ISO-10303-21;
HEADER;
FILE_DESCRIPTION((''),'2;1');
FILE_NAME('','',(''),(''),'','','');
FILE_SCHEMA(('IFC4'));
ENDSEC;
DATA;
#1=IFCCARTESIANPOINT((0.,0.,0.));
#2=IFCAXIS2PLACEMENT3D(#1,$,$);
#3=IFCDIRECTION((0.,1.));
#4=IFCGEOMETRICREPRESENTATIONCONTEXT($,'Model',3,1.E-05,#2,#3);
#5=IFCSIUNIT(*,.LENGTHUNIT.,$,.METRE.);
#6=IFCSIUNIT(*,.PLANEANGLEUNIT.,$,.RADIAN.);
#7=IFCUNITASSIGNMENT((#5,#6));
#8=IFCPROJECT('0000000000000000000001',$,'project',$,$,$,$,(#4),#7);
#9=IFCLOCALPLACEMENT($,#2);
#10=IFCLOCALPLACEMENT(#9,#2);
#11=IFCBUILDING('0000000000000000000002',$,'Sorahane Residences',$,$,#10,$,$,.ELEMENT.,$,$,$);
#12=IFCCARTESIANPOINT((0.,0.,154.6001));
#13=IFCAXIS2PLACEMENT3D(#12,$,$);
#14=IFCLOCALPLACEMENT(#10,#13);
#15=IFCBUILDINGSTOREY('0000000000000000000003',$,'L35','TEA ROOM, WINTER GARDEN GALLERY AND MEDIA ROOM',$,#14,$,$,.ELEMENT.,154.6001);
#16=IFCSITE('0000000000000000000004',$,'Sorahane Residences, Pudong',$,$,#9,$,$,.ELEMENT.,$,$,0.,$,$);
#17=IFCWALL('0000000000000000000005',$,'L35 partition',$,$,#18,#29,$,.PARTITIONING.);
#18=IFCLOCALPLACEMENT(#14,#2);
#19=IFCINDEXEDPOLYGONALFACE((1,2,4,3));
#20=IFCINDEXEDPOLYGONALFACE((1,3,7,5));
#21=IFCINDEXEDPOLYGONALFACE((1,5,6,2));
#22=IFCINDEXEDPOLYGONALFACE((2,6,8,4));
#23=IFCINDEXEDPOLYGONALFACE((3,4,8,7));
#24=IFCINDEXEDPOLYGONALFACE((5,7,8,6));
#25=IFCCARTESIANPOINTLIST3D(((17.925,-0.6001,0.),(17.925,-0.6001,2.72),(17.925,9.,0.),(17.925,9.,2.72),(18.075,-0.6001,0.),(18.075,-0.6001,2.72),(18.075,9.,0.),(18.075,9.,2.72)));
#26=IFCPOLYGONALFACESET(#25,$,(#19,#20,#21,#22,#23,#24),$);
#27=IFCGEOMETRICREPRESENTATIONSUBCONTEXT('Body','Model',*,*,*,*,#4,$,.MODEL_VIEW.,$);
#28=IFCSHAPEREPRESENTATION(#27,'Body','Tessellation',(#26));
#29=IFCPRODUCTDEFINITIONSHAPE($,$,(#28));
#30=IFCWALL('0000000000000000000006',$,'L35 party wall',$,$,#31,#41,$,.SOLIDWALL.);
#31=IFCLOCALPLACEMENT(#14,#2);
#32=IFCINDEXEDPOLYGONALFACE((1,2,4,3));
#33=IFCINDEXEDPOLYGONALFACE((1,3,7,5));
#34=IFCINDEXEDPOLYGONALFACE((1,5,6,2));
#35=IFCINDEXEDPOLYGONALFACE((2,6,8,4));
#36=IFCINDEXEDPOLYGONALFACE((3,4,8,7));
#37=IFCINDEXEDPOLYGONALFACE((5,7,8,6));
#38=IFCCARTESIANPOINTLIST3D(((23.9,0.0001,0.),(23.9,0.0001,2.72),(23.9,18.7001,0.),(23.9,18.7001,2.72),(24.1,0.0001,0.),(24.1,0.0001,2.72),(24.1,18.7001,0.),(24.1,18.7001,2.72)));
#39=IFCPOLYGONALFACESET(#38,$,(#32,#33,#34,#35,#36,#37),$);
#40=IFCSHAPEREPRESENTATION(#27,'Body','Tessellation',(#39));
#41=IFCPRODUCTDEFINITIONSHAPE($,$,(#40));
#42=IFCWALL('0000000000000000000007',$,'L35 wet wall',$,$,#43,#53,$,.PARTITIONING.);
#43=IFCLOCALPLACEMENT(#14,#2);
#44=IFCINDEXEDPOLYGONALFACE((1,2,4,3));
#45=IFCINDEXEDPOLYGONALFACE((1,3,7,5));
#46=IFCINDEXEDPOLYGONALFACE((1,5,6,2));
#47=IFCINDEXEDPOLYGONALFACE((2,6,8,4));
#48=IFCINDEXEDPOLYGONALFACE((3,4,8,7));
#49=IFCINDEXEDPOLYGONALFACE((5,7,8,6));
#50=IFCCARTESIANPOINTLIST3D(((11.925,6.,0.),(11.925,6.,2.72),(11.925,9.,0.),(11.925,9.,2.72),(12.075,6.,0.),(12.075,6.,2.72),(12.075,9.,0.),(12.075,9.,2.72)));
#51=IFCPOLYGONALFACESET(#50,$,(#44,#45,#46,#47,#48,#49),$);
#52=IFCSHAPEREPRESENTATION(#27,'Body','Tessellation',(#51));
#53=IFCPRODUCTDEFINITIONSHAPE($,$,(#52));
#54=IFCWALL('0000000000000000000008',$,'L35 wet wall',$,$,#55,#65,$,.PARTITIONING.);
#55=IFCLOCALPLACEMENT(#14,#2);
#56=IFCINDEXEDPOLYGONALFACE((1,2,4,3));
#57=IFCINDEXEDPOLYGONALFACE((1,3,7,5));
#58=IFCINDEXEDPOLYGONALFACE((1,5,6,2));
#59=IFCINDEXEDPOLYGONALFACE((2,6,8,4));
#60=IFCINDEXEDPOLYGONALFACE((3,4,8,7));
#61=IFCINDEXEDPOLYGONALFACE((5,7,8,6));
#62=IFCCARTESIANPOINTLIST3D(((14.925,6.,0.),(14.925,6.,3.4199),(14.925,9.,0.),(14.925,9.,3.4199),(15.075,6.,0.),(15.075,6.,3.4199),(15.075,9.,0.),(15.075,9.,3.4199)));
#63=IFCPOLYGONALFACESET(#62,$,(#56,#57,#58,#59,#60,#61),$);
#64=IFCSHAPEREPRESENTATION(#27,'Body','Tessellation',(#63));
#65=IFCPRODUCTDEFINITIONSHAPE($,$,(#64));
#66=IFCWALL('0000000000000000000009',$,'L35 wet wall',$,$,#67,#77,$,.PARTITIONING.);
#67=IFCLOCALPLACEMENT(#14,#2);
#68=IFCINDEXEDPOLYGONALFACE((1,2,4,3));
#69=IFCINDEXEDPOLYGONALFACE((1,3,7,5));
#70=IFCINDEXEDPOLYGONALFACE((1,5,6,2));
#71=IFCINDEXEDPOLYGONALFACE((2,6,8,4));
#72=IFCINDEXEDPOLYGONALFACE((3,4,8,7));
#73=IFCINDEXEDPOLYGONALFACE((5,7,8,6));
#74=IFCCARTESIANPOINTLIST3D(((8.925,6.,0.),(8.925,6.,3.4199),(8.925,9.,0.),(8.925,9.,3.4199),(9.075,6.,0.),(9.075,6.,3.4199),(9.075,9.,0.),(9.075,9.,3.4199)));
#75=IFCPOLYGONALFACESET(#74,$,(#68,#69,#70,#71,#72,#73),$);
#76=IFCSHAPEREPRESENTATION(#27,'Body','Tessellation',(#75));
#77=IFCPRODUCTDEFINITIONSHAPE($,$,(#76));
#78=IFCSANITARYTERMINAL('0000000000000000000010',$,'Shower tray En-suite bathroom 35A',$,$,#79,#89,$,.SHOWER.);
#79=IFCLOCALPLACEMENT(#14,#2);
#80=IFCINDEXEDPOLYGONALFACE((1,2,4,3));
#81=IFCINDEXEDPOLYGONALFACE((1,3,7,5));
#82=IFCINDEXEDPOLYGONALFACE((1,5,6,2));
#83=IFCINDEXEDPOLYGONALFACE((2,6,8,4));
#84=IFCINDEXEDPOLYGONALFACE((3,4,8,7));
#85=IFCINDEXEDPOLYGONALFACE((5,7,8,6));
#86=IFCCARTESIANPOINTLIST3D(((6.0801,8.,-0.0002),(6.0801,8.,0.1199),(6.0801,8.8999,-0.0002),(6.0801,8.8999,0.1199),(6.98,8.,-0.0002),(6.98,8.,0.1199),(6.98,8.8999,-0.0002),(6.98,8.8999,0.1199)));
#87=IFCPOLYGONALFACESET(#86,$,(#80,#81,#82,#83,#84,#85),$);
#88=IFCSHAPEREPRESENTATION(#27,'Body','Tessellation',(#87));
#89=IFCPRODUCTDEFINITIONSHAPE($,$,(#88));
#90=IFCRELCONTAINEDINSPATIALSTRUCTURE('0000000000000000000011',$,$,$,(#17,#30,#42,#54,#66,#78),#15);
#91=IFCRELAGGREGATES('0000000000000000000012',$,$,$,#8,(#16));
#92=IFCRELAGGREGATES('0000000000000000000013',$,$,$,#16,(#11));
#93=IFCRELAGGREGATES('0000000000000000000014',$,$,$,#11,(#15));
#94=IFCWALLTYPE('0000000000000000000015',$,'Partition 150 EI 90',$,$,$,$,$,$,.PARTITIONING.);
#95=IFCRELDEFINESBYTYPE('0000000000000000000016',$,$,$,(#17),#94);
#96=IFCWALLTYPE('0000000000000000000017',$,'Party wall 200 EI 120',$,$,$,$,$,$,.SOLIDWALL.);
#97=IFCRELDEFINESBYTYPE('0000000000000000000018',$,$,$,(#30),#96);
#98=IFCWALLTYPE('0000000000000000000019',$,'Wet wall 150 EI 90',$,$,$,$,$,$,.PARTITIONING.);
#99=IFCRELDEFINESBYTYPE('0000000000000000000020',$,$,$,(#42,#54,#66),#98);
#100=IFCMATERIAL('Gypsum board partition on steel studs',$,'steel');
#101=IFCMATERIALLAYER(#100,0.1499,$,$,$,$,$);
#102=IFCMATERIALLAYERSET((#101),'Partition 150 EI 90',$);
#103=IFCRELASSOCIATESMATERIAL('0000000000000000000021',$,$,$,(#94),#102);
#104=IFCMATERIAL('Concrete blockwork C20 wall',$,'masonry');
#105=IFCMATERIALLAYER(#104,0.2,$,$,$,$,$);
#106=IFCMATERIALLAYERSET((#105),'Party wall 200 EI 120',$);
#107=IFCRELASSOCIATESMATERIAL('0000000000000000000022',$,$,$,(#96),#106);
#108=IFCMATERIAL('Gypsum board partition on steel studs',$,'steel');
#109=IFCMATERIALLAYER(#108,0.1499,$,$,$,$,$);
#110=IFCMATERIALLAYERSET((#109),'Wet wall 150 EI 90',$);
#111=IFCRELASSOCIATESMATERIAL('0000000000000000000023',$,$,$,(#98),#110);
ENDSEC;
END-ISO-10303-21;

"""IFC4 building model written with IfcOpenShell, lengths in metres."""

from ifc_helpers import new_model, si_unit, direction, frame, frame_2d, origin, origin_2d, place, context, subcontext, project, spatial, rectangle, extrude, material, layer, layer_set, type_object, element, save


model = new_model("IFC4")

# Units and contexts
model_context = context("Model", 3, precision=1e-05, world=origin(), true_north=direction((0.0, 1.0)))
body_context = subcontext(model_context, "Body", "Model", "MODEL_VIEW")
ifc_project = project(units=[si_unit("LENGTHUNIT", "METRE"), si_unit("PLANEANGLEUNIT", "RADIAN")], contexts=[model_context])

# Site, building, storey
site_placement = place(None, origin())
site = spatial("IfcSite", under=ifc_project, at=site_placement, Name="Sorahane Residences, Pudong", CompositionType="ELEMENT", RefElevation=0.0)
building_placement = place(site_placement, origin())
building = spatial("IfcBuilding", under=site, at=building_placement, Name="Sorahane Residences", CompositionType="ELEMENT")
storey_placement = place(building_placement, frame((0.0, 0.0, 154.6001)))
storey = spatial("IfcBuildingStorey", under=building, at=storey_placement, Name="L35", Description="TEA ROOM, WINTER GARDEN GALLERY AND MEDIA ROOM", CompositionType="ELEMENT", Elevation=154.6001)

# Wall
ifc_material_1 = material(Name="Gypsum board partition on steel studs", Category="steel")
ifc_layer_1 = layer(ifc_material_1, 0.1499)
ifc_layer_set_1 = layer_set([ifc_layer_1], Name="Partition 150 EI 90")
wall_type_1 = type_object("IfcWallType", Name="Partition 150 EI 90", PredefinedType="PARTITIONING", material=ifc_layer_set_1)
wall_1_placement = place(storey_placement, frame((18.0, -0.6001, 0.0), z_axis=(0.0, 0.0, 1.0), x_axis=(0.0, 1.0, 0.0)))
element("IfcWall", 1, at=wall_1_placement, inside=storey, type_object=wall_type_1, Name="L35 partition", PredefinedType="PARTITIONING", context=body_context, shape_type="SweptSolid", body=[
    extrude(rectangle(XDim=9.6001, YDim=0.1499, at=frame_2d((4.8, 0.0))), origin(), (0.0, 0.0, 1.0), 2.72),
])

# Walls
ifc_material_2 = material(Name="Concrete blockwork C20 wall", Category="masonry")
ifc_layer_2 = layer(ifc_material_2, 0.2)
ifc_layer_set_2 = layer_set([ifc_layer_2], Name="Party wall 200 EI 120")
wall_type_2 = type_object("IfcWallType", Name="Party wall 200 EI 120", PredefinedType="SOLIDWALL", material=ifc_layer_set_2)
wall_2_placement = place(storey_placement, frame((24.0, 0.0, 0.0), z_axis=(0.0, 0.0, 1.0), x_axis=(0.0, 1.0, 0.0)))
element("IfcWall", 2, at=wall_2_placement, inside=storey, type_object=wall_type_2, Name="L35 party wall", PredefinedType="SOLIDWALL", context=body_context, shape_type="SweptSolid", body=[
    extrude(rectangle(XDim=18.7, YDim=0.2, at=frame_2d((9.3501, 0.0))), origin(), (0.0, 0.0, 1.0), 2.72),
])
ifc_material_3 = material(Name="Gypsum board partition on steel studs", Category="steel")
ifc_layer_3 = layer(ifc_material_3, 0.1499)
ifc_layer_set_3 = layer_set([ifc_layer_3], Name="Wet wall 150 EI 90")
wall_type_3 = type_object("IfcWallType", Name="Wet wall 150 EI 90", PredefinedType="PARTITIONING", material=ifc_layer_set_3)
wall_3_placement = place(storey_placement, frame((12.0, 6.0, 0.0), z_axis=(0.0, 0.0, 1.0), x_axis=(0.0, 1.0, 0.0)))
element("IfcWall", 3, at=wall_3_placement, inside=storey, type_object=wall_type_3, Name="L35 wet wall", PredefinedType="PARTITIONING", context=body_context, shape_type="SweptSolid", body=[
    extrude(rectangle(XDim=3.0, YDim=0.1499, at=frame_2d((1.5, 0.0))), origin(), (0.0, 0.0, 1.0), 2.72),
])
for number, where, z_axis, x_axis, name in (
    (4, (15.0, 6.0, 0.0), (0.0, 0.0, 1.0), (0.0, 1.0, 0.0), "L35 wet wall"),
    (5, (9.0, 6.0, 0.0), (0.0, 0.0, 1.0), (0.0, 1.0, 0.0), "L35 wet wall"),
):
    element("IfcWall", number, at=place(storey_placement, frame(where, z_axis=z_axis, x_axis=x_axis)), inside=storey, type_object=wall_type_3, Name=name, PredefinedType="PARTITIONING", context=body_context, shape_type="SweptSolid", body=[
        extrude(rectangle(XDim=3.0, YDim=0.1499, at=frame_2d((1.5, 0.0))), origin(), (0.0, 0.0, 1.0), 3.4199),
    ])

# Sanitary terminal
sanitary_terminal_placement = place(storey_placement, frame((6.53, 8.45, -0.0002), z_axis=(0.0, 0.0, 1.0), x_axis=(1.0, 0.0, 0.0)))
element("IfcSanitaryTerminal", 6, at=sanitary_terminal_placement, inside=storey, Name="Shower tray En-suite bathroom 35A", PredefinedType="SHOWER", context=body_context, shape_type="SweptSolid", body=[
    extrude(rectangle(XDim=0.8999, YDim=0.8999, at=origin_2d()), origin(), (0.0, 0.0, 1.0), 0.1201),
])

save(model, "model.ifc")
